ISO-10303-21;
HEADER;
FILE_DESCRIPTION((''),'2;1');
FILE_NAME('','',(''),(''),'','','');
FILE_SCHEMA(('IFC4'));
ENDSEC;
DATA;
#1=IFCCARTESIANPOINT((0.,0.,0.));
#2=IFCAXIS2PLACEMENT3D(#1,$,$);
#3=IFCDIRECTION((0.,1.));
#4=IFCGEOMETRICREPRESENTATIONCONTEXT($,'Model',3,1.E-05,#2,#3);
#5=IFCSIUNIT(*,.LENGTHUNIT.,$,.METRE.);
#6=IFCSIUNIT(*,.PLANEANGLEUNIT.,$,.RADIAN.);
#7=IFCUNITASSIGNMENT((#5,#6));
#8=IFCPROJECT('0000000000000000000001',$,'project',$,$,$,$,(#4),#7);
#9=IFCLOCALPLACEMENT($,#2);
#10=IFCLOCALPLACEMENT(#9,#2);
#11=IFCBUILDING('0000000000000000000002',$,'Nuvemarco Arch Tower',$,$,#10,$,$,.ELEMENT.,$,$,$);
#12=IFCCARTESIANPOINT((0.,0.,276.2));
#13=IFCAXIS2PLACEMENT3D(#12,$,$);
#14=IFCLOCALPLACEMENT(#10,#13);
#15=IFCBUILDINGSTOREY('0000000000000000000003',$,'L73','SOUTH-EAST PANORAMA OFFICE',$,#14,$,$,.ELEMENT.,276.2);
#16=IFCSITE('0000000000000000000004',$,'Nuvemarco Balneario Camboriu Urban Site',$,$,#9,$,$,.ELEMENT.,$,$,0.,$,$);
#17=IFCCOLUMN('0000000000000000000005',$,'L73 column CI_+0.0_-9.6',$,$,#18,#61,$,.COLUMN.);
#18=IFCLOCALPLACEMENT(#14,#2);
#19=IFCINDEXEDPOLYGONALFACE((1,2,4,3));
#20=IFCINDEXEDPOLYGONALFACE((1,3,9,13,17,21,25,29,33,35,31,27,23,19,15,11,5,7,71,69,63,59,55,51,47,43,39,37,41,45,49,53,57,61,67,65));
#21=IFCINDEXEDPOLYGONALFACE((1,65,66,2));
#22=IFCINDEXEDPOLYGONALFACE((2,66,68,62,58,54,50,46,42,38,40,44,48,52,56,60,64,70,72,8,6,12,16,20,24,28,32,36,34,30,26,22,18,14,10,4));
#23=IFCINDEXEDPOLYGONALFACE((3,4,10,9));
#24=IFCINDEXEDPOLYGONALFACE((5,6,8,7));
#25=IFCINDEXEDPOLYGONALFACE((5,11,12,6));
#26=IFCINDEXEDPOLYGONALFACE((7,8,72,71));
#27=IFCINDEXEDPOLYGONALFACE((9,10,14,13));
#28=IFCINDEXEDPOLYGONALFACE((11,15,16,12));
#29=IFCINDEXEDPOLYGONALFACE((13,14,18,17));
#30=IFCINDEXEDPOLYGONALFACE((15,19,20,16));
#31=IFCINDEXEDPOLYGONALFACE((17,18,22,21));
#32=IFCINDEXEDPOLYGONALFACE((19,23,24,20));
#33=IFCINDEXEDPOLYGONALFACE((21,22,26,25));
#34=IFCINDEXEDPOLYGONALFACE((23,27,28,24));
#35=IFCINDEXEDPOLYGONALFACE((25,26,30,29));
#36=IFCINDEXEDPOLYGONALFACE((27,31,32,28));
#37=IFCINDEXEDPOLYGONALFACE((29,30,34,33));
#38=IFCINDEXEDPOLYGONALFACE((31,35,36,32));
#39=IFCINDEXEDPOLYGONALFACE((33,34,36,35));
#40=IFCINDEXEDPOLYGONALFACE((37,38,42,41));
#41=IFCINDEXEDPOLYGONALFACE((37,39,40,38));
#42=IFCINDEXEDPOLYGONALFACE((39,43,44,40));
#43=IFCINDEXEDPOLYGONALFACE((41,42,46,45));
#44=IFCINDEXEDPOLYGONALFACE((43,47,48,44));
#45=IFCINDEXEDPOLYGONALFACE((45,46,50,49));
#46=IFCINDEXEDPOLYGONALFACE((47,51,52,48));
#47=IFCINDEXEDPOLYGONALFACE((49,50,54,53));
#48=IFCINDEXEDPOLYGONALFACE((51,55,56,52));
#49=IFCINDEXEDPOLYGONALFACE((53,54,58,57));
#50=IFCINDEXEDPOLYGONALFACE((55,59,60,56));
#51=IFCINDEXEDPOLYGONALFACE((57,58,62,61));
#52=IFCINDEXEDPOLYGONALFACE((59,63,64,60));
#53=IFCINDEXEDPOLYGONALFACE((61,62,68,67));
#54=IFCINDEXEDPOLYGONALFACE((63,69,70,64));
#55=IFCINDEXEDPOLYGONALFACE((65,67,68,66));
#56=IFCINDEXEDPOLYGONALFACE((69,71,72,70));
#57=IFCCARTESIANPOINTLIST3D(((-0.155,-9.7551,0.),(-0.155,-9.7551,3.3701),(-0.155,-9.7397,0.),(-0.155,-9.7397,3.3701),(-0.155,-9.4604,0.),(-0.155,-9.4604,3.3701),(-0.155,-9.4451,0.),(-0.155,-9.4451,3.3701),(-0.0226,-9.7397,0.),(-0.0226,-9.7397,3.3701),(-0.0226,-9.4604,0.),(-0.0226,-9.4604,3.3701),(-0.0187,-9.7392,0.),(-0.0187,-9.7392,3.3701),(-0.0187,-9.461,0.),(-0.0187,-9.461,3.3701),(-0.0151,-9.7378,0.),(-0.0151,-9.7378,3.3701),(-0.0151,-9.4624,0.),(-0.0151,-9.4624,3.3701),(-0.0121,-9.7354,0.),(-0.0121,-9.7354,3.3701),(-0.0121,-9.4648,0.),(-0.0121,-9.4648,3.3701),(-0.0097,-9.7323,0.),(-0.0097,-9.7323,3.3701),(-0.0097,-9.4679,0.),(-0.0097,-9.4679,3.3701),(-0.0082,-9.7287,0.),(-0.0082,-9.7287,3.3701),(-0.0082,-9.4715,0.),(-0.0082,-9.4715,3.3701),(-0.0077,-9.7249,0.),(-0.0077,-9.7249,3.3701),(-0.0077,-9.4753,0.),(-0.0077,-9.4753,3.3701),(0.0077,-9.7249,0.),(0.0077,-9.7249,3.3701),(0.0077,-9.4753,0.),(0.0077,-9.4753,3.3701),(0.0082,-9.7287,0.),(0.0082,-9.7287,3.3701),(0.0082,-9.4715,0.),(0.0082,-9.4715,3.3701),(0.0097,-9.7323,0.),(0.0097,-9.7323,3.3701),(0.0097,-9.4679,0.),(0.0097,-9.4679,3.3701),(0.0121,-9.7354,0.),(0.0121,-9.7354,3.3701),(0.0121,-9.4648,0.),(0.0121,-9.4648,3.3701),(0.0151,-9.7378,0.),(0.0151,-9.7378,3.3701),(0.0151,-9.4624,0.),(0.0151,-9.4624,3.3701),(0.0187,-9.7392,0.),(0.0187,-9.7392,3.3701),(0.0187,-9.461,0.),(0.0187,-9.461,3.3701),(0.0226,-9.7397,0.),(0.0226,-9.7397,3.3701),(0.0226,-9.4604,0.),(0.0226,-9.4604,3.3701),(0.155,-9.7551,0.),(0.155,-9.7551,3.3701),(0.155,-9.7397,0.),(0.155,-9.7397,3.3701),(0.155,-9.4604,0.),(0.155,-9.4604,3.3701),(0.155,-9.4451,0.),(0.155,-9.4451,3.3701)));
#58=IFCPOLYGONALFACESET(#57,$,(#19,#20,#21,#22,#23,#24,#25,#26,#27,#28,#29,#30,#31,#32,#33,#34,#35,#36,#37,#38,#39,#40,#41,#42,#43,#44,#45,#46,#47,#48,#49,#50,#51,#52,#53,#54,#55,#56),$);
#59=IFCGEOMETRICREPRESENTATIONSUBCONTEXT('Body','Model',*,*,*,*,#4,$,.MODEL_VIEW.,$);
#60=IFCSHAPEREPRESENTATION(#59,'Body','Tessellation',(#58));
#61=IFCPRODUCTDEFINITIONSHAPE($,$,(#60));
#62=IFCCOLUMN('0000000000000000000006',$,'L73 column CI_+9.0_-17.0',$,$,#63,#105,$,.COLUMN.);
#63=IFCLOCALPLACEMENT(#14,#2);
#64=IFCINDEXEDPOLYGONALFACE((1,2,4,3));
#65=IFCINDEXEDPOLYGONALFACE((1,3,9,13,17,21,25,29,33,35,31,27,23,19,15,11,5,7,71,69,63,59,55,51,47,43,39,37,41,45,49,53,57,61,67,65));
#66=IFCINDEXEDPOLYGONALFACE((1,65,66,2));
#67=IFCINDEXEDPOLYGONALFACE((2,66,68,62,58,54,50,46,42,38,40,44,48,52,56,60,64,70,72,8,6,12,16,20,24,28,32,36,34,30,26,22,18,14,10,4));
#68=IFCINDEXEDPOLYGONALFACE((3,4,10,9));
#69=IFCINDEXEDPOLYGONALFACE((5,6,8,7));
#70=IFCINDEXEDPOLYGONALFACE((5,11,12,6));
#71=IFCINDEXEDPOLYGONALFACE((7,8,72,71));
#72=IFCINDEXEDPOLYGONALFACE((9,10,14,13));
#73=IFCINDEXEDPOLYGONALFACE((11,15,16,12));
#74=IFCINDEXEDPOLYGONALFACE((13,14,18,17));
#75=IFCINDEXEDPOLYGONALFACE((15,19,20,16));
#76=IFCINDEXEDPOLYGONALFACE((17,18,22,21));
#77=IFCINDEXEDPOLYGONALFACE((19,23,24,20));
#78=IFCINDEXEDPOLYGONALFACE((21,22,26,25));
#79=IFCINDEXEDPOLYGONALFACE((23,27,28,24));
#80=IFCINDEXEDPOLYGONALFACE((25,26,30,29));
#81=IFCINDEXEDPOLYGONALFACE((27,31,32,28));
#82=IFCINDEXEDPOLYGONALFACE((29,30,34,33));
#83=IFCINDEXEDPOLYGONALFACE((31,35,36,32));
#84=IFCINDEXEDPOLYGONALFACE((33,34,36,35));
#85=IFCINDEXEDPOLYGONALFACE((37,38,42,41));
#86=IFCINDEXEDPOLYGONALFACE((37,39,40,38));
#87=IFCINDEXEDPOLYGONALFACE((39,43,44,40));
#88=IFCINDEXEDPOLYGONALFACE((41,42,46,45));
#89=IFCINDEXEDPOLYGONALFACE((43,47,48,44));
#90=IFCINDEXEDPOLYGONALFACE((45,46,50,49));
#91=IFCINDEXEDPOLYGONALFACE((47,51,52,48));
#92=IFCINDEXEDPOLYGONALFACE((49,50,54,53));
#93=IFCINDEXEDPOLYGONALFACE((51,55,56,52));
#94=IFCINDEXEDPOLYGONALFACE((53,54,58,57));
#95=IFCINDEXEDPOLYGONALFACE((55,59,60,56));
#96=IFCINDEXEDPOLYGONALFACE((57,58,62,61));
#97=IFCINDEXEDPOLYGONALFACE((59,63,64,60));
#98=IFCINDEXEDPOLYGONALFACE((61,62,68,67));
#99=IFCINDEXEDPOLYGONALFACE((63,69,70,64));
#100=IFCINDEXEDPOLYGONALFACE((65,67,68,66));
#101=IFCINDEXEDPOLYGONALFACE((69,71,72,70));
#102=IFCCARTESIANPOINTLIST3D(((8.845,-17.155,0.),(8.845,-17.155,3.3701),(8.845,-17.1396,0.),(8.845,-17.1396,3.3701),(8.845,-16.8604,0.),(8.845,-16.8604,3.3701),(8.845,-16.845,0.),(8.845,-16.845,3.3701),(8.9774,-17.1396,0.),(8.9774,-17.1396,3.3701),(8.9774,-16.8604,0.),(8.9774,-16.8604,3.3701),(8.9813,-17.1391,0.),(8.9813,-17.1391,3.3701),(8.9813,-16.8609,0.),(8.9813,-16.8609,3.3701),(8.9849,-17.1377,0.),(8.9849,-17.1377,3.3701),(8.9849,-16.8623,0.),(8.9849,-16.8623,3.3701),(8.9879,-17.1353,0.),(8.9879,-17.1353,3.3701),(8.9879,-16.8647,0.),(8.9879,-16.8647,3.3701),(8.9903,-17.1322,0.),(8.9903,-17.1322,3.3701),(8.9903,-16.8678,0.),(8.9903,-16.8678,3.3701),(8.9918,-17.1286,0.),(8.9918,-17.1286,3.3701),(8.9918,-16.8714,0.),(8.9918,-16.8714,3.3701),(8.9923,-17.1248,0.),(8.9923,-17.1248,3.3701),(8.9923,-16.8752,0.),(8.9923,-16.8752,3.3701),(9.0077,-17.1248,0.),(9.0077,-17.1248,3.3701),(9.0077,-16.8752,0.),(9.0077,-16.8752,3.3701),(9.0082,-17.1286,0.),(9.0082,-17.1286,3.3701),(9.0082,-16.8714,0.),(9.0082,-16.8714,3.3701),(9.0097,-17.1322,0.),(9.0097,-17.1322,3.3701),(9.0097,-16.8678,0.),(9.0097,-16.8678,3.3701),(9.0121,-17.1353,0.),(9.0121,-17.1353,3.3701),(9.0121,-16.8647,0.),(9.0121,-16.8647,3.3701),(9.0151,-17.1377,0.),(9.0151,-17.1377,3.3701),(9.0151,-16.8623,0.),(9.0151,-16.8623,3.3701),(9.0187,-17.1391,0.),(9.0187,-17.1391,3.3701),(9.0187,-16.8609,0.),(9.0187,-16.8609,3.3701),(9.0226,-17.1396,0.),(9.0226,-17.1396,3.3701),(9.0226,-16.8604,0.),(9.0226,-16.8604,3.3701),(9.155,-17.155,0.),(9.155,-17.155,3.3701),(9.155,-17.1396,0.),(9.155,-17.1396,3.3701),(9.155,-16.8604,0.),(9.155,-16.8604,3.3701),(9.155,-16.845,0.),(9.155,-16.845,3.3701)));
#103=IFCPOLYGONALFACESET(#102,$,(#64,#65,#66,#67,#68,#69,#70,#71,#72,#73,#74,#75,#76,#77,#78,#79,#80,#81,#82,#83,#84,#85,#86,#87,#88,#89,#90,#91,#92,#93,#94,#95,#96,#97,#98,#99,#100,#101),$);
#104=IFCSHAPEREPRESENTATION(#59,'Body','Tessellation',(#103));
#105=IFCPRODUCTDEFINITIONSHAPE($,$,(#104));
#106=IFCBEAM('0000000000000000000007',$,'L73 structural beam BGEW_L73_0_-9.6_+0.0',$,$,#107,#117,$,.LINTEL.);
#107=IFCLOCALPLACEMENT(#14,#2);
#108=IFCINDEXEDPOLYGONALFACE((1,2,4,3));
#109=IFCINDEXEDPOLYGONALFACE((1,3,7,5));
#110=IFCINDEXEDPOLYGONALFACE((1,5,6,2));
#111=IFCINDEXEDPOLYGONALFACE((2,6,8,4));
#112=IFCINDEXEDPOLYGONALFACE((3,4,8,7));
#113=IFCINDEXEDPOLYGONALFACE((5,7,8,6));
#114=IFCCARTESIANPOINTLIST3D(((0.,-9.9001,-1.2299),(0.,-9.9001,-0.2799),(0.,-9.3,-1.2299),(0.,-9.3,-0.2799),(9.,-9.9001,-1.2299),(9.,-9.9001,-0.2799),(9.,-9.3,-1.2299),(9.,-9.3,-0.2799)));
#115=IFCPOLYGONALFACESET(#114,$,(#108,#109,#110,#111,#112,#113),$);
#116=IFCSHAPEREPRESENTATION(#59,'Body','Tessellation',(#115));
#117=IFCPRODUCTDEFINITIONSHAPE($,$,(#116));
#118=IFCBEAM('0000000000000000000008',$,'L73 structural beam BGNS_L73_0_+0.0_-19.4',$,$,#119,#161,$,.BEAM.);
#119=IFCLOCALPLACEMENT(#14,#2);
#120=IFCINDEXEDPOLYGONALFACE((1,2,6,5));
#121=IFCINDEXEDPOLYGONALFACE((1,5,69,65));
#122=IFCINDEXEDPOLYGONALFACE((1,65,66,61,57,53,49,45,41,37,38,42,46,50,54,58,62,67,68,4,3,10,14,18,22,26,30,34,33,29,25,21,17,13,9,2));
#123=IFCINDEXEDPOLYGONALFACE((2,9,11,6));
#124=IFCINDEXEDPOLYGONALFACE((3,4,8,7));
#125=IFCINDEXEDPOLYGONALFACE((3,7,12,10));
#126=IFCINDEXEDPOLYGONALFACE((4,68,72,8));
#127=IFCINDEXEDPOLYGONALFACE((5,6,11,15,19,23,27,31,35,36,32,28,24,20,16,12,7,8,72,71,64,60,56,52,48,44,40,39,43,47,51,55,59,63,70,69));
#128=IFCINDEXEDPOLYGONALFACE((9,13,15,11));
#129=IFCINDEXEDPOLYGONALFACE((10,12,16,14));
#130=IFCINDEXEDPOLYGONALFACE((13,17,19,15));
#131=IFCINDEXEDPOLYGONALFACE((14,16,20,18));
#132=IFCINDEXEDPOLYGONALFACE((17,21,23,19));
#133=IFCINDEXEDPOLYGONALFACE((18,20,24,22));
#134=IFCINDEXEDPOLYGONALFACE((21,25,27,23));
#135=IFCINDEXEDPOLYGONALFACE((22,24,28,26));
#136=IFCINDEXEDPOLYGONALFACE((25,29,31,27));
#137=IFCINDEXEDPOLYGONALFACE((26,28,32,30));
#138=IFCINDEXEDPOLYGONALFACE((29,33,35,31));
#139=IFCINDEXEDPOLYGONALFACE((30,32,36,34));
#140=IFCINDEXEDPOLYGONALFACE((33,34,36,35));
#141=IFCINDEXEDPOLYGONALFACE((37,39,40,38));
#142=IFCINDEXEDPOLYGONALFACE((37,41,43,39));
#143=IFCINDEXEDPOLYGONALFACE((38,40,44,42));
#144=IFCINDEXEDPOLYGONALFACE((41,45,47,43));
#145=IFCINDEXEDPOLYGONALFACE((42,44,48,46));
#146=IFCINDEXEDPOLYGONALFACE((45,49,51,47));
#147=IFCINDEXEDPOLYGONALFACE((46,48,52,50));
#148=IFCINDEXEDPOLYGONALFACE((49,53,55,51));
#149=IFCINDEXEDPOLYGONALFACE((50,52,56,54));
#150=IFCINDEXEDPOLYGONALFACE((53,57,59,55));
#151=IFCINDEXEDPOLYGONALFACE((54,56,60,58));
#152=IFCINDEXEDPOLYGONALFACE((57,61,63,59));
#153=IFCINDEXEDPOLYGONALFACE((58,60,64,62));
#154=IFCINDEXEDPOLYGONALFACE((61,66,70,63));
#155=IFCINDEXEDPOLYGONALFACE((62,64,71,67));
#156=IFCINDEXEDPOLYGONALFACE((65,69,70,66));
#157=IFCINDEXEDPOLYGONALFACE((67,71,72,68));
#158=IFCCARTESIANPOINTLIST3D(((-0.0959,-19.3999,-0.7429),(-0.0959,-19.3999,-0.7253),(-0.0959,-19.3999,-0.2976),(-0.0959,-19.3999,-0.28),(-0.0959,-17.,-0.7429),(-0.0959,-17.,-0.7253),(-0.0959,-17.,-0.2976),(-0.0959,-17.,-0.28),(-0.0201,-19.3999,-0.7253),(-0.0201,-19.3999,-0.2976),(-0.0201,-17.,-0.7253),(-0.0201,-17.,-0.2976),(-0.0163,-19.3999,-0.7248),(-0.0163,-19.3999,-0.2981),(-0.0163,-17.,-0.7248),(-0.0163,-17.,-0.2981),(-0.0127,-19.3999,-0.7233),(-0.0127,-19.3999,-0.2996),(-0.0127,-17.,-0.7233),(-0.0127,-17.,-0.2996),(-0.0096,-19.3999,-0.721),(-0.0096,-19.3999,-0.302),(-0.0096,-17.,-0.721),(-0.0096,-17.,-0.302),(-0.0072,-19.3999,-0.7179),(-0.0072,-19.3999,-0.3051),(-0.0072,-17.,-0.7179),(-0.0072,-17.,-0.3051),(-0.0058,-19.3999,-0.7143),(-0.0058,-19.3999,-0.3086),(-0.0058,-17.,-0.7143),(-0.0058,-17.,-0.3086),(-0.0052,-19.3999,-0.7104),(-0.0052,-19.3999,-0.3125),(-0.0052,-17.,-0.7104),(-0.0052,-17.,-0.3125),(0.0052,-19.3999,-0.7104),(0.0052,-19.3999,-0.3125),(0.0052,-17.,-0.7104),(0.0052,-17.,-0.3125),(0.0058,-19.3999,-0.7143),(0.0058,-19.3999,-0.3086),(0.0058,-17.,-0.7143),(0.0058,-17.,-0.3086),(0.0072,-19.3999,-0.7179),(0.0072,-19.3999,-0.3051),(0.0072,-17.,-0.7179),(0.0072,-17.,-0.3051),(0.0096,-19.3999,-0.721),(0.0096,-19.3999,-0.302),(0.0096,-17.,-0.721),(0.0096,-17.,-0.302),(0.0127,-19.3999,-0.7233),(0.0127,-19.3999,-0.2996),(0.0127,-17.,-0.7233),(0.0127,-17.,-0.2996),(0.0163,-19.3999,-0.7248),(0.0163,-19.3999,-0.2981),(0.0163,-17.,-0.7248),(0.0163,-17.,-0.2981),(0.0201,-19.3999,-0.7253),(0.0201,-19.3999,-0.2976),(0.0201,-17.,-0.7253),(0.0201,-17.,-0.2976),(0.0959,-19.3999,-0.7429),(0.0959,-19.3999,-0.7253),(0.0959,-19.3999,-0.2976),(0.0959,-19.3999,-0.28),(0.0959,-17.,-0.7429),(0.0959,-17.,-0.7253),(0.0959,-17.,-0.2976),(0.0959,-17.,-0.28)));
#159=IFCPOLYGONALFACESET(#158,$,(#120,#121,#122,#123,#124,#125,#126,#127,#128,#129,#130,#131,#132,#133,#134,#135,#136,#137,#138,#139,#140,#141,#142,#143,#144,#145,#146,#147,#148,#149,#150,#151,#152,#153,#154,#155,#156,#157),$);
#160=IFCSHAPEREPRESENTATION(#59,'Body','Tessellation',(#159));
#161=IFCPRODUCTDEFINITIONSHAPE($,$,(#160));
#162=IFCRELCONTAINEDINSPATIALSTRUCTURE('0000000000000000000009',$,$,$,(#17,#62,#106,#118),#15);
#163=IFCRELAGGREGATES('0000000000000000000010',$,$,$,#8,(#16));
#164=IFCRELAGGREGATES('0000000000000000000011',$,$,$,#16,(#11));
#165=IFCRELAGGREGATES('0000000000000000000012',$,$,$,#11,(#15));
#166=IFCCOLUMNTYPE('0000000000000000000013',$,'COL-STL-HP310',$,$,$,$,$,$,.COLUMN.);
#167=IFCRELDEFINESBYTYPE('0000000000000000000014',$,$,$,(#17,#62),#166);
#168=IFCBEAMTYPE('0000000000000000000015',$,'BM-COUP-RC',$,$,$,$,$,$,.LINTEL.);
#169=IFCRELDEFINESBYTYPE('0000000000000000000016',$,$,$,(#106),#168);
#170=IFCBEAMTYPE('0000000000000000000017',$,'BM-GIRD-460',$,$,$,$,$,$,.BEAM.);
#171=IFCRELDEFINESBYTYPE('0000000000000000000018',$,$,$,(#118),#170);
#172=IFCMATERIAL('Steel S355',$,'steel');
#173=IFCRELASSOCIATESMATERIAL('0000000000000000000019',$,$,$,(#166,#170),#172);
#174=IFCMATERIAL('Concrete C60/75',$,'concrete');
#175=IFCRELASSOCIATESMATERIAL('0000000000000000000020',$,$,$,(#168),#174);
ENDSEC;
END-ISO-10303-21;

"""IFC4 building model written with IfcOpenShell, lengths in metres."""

from ifc_helpers import new_model, si_unit, direction, frame, origin, origin_2d, place, context, subcontext, project, spatial, rectangle, i_section, extrude, material, material_profile, profile_set, type_object, element, save


model = new_model("IFC4")

# Units and contexts
model_context = context("Model", 3, precision=1e-05, world=origin(), true_north=direction((0.0, 1.0)))
body_context = subcontext(model_context, "Body", "Model", "MODEL_VIEW")
ifc_project = project(units=[si_unit("LENGTHUNIT", "METRE"), si_unit("PLANEANGLEUNIT", "RADIAN")], contexts=[model_context])

# Site, building, storey
site_placement = place(None, origin())
site = spatial("IfcSite", under=ifc_project, at=site_placement, Name="Nuvemarco Balneario Camboriu Urban Site", CompositionType="ELEMENT", RefElevation=0.0)
building_placement = place(site_placement, origin())
building = spatial("IfcBuilding", under=site, at=building_placement, Name="Nuvemarco Arch Tower", CompositionType="ELEMENT")
storey_placement = place(building_placement, frame((0.0, 0.0, 276.2)))
storey = spatial("IfcBuildingStorey", under=building, at=storey_placement, Name="L73", Description="SOUTH-EAST PANORAMA OFFICE", CompositionType="ELEMENT", Elevation=276.2)

# Columns
ifc_material_1 = material(Name="Steel S355", Category="steel")
ifc_material_profile_1 = material_profile(ifc_material_1, i_section(OverallWidth=0.3101, OverallDepth=0.3101, WebThickness=0.0154, FlangeThickness=0.0154, FilletRadius=0.0149, at=origin_2d()), Name="HP310x110")
ifc_profile_set_1 = profile_set([ifc_material_profile_1], Name="Steel S355")
column_type_1 = type_object("IfcColumnType", Name="COL-STL-HP310", PredefinedType="COLUMN", material=ifc_profile_set_1)
for number, where, z_axis, x_axis, name in (
    (1, (0.0, -9.6001, 0.0), (0.0, 0.0, 1.0), (1.0, 0.0, 0.0), "L73 column CI_+0.0_-9.6"),
    (2, (9.0, -17.0, 0.0), (0.0, 0.0, 1.0), (1.0, 0.0, 0.0), "L73 column CI_+9.0_-17.0"),
):
    element("IfcColumn", number, at=place(storey_placement, frame(where, z_axis=z_axis, x_axis=x_axis)), inside=storey, type_object=column_type_1, Name=name, PredefinedType="COLUMN", context=body_context, shape_type="SweptSolid", body=[
        extrude(i_section(OverallWidth=0.3101, OverallDepth=0.3101, WebThickness=0.0154, FlangeThickness=0.0154, FilletRadius=0.0149, at=origin_2d()), origin(), (0.0, 0.0, 1.0), 3.3701),
    ])

# Beams
ifc_material_2 = material(Name="Concrete C60/75", Category="concrete")
ifc_material_profile_2 = material_profile(ifc_material_2, rectangle(XDim=0.6001, YDim=0.95, at=origin_2d()), Name="RC-BM-600x950")
ifc_profile_set_2 = profile_set([ifc_material_profile_2], Name="Concrete C60/75")
beam_type_1 = type_object("IfcBeamType", Name="BM-COUP-RC", PredefinedType="LINTEL", material=ifc_profile_set_2)
beam_1_placement = place(storey_placement, frame((0.0, -9.6001, -0.7549), z_axis=(1.0, 0.0, 0.0), x_axis=(0.0, 1.0, 0.0)))
element("IfcBeam", 3, at=beam_1_placement, inside=storey, type_object=beam_type_1, Name="L73 structural beam BGEW_L73_0_-9.6_+0.0", PredefinedType="LINTEL", context=body_context, shape_type="SweptSolid", body=[
    extrude(rectangle(XDim=0.6001, YDim=0.95, at=origin_2d()), origin(), (0.0, 0.0, 1.0), 9.0),
])
ifc_material_profile_3 = material_profile(ifc_material_1, i_section(OverallWidth=0.1919, OverallDepth=0.4629, WebThickness=0.0105, FlangeThickness=0.0176, FilletRadius=0.0149, at=origin_2d()), Name="W460x89")
ifc_profile_set_3 = profile_set([ifc_material_profile_3], Name="Steel S355")
beam_type_2 = type_object("IfcBeamType", Name="BM-GIRD-460", PredefinedType="BEAM", material=ifc_profile_set_3)
beam_2_placement = place(storey_placement, frame((0.0, -19.3999, -0.5115), z_axis=(0.0, 1.0, 0.0), x_axis=(-1.0, 0.0, 0.0)))
element("IfcBeam", 4, at=beam_2_placement, inside=storey, type_object=beam_type_2, Name="L73 structural beam BGNS_L73_0_+0.0_-19.4", PredefinedType="BEAM", context=body_context, shape_type="SweptSolid", body=[
    extrude(i_section(OverallWidth=0.1919, OverallDepth=0.4629, WebThickness=0.0105, FlangeThickness=0.0176, FilletRadius=0.0149, at=origin_2d()), origin(), (0.0, 0.0, 1.0), 2.3999),
])

save(model, "model.ifc")
